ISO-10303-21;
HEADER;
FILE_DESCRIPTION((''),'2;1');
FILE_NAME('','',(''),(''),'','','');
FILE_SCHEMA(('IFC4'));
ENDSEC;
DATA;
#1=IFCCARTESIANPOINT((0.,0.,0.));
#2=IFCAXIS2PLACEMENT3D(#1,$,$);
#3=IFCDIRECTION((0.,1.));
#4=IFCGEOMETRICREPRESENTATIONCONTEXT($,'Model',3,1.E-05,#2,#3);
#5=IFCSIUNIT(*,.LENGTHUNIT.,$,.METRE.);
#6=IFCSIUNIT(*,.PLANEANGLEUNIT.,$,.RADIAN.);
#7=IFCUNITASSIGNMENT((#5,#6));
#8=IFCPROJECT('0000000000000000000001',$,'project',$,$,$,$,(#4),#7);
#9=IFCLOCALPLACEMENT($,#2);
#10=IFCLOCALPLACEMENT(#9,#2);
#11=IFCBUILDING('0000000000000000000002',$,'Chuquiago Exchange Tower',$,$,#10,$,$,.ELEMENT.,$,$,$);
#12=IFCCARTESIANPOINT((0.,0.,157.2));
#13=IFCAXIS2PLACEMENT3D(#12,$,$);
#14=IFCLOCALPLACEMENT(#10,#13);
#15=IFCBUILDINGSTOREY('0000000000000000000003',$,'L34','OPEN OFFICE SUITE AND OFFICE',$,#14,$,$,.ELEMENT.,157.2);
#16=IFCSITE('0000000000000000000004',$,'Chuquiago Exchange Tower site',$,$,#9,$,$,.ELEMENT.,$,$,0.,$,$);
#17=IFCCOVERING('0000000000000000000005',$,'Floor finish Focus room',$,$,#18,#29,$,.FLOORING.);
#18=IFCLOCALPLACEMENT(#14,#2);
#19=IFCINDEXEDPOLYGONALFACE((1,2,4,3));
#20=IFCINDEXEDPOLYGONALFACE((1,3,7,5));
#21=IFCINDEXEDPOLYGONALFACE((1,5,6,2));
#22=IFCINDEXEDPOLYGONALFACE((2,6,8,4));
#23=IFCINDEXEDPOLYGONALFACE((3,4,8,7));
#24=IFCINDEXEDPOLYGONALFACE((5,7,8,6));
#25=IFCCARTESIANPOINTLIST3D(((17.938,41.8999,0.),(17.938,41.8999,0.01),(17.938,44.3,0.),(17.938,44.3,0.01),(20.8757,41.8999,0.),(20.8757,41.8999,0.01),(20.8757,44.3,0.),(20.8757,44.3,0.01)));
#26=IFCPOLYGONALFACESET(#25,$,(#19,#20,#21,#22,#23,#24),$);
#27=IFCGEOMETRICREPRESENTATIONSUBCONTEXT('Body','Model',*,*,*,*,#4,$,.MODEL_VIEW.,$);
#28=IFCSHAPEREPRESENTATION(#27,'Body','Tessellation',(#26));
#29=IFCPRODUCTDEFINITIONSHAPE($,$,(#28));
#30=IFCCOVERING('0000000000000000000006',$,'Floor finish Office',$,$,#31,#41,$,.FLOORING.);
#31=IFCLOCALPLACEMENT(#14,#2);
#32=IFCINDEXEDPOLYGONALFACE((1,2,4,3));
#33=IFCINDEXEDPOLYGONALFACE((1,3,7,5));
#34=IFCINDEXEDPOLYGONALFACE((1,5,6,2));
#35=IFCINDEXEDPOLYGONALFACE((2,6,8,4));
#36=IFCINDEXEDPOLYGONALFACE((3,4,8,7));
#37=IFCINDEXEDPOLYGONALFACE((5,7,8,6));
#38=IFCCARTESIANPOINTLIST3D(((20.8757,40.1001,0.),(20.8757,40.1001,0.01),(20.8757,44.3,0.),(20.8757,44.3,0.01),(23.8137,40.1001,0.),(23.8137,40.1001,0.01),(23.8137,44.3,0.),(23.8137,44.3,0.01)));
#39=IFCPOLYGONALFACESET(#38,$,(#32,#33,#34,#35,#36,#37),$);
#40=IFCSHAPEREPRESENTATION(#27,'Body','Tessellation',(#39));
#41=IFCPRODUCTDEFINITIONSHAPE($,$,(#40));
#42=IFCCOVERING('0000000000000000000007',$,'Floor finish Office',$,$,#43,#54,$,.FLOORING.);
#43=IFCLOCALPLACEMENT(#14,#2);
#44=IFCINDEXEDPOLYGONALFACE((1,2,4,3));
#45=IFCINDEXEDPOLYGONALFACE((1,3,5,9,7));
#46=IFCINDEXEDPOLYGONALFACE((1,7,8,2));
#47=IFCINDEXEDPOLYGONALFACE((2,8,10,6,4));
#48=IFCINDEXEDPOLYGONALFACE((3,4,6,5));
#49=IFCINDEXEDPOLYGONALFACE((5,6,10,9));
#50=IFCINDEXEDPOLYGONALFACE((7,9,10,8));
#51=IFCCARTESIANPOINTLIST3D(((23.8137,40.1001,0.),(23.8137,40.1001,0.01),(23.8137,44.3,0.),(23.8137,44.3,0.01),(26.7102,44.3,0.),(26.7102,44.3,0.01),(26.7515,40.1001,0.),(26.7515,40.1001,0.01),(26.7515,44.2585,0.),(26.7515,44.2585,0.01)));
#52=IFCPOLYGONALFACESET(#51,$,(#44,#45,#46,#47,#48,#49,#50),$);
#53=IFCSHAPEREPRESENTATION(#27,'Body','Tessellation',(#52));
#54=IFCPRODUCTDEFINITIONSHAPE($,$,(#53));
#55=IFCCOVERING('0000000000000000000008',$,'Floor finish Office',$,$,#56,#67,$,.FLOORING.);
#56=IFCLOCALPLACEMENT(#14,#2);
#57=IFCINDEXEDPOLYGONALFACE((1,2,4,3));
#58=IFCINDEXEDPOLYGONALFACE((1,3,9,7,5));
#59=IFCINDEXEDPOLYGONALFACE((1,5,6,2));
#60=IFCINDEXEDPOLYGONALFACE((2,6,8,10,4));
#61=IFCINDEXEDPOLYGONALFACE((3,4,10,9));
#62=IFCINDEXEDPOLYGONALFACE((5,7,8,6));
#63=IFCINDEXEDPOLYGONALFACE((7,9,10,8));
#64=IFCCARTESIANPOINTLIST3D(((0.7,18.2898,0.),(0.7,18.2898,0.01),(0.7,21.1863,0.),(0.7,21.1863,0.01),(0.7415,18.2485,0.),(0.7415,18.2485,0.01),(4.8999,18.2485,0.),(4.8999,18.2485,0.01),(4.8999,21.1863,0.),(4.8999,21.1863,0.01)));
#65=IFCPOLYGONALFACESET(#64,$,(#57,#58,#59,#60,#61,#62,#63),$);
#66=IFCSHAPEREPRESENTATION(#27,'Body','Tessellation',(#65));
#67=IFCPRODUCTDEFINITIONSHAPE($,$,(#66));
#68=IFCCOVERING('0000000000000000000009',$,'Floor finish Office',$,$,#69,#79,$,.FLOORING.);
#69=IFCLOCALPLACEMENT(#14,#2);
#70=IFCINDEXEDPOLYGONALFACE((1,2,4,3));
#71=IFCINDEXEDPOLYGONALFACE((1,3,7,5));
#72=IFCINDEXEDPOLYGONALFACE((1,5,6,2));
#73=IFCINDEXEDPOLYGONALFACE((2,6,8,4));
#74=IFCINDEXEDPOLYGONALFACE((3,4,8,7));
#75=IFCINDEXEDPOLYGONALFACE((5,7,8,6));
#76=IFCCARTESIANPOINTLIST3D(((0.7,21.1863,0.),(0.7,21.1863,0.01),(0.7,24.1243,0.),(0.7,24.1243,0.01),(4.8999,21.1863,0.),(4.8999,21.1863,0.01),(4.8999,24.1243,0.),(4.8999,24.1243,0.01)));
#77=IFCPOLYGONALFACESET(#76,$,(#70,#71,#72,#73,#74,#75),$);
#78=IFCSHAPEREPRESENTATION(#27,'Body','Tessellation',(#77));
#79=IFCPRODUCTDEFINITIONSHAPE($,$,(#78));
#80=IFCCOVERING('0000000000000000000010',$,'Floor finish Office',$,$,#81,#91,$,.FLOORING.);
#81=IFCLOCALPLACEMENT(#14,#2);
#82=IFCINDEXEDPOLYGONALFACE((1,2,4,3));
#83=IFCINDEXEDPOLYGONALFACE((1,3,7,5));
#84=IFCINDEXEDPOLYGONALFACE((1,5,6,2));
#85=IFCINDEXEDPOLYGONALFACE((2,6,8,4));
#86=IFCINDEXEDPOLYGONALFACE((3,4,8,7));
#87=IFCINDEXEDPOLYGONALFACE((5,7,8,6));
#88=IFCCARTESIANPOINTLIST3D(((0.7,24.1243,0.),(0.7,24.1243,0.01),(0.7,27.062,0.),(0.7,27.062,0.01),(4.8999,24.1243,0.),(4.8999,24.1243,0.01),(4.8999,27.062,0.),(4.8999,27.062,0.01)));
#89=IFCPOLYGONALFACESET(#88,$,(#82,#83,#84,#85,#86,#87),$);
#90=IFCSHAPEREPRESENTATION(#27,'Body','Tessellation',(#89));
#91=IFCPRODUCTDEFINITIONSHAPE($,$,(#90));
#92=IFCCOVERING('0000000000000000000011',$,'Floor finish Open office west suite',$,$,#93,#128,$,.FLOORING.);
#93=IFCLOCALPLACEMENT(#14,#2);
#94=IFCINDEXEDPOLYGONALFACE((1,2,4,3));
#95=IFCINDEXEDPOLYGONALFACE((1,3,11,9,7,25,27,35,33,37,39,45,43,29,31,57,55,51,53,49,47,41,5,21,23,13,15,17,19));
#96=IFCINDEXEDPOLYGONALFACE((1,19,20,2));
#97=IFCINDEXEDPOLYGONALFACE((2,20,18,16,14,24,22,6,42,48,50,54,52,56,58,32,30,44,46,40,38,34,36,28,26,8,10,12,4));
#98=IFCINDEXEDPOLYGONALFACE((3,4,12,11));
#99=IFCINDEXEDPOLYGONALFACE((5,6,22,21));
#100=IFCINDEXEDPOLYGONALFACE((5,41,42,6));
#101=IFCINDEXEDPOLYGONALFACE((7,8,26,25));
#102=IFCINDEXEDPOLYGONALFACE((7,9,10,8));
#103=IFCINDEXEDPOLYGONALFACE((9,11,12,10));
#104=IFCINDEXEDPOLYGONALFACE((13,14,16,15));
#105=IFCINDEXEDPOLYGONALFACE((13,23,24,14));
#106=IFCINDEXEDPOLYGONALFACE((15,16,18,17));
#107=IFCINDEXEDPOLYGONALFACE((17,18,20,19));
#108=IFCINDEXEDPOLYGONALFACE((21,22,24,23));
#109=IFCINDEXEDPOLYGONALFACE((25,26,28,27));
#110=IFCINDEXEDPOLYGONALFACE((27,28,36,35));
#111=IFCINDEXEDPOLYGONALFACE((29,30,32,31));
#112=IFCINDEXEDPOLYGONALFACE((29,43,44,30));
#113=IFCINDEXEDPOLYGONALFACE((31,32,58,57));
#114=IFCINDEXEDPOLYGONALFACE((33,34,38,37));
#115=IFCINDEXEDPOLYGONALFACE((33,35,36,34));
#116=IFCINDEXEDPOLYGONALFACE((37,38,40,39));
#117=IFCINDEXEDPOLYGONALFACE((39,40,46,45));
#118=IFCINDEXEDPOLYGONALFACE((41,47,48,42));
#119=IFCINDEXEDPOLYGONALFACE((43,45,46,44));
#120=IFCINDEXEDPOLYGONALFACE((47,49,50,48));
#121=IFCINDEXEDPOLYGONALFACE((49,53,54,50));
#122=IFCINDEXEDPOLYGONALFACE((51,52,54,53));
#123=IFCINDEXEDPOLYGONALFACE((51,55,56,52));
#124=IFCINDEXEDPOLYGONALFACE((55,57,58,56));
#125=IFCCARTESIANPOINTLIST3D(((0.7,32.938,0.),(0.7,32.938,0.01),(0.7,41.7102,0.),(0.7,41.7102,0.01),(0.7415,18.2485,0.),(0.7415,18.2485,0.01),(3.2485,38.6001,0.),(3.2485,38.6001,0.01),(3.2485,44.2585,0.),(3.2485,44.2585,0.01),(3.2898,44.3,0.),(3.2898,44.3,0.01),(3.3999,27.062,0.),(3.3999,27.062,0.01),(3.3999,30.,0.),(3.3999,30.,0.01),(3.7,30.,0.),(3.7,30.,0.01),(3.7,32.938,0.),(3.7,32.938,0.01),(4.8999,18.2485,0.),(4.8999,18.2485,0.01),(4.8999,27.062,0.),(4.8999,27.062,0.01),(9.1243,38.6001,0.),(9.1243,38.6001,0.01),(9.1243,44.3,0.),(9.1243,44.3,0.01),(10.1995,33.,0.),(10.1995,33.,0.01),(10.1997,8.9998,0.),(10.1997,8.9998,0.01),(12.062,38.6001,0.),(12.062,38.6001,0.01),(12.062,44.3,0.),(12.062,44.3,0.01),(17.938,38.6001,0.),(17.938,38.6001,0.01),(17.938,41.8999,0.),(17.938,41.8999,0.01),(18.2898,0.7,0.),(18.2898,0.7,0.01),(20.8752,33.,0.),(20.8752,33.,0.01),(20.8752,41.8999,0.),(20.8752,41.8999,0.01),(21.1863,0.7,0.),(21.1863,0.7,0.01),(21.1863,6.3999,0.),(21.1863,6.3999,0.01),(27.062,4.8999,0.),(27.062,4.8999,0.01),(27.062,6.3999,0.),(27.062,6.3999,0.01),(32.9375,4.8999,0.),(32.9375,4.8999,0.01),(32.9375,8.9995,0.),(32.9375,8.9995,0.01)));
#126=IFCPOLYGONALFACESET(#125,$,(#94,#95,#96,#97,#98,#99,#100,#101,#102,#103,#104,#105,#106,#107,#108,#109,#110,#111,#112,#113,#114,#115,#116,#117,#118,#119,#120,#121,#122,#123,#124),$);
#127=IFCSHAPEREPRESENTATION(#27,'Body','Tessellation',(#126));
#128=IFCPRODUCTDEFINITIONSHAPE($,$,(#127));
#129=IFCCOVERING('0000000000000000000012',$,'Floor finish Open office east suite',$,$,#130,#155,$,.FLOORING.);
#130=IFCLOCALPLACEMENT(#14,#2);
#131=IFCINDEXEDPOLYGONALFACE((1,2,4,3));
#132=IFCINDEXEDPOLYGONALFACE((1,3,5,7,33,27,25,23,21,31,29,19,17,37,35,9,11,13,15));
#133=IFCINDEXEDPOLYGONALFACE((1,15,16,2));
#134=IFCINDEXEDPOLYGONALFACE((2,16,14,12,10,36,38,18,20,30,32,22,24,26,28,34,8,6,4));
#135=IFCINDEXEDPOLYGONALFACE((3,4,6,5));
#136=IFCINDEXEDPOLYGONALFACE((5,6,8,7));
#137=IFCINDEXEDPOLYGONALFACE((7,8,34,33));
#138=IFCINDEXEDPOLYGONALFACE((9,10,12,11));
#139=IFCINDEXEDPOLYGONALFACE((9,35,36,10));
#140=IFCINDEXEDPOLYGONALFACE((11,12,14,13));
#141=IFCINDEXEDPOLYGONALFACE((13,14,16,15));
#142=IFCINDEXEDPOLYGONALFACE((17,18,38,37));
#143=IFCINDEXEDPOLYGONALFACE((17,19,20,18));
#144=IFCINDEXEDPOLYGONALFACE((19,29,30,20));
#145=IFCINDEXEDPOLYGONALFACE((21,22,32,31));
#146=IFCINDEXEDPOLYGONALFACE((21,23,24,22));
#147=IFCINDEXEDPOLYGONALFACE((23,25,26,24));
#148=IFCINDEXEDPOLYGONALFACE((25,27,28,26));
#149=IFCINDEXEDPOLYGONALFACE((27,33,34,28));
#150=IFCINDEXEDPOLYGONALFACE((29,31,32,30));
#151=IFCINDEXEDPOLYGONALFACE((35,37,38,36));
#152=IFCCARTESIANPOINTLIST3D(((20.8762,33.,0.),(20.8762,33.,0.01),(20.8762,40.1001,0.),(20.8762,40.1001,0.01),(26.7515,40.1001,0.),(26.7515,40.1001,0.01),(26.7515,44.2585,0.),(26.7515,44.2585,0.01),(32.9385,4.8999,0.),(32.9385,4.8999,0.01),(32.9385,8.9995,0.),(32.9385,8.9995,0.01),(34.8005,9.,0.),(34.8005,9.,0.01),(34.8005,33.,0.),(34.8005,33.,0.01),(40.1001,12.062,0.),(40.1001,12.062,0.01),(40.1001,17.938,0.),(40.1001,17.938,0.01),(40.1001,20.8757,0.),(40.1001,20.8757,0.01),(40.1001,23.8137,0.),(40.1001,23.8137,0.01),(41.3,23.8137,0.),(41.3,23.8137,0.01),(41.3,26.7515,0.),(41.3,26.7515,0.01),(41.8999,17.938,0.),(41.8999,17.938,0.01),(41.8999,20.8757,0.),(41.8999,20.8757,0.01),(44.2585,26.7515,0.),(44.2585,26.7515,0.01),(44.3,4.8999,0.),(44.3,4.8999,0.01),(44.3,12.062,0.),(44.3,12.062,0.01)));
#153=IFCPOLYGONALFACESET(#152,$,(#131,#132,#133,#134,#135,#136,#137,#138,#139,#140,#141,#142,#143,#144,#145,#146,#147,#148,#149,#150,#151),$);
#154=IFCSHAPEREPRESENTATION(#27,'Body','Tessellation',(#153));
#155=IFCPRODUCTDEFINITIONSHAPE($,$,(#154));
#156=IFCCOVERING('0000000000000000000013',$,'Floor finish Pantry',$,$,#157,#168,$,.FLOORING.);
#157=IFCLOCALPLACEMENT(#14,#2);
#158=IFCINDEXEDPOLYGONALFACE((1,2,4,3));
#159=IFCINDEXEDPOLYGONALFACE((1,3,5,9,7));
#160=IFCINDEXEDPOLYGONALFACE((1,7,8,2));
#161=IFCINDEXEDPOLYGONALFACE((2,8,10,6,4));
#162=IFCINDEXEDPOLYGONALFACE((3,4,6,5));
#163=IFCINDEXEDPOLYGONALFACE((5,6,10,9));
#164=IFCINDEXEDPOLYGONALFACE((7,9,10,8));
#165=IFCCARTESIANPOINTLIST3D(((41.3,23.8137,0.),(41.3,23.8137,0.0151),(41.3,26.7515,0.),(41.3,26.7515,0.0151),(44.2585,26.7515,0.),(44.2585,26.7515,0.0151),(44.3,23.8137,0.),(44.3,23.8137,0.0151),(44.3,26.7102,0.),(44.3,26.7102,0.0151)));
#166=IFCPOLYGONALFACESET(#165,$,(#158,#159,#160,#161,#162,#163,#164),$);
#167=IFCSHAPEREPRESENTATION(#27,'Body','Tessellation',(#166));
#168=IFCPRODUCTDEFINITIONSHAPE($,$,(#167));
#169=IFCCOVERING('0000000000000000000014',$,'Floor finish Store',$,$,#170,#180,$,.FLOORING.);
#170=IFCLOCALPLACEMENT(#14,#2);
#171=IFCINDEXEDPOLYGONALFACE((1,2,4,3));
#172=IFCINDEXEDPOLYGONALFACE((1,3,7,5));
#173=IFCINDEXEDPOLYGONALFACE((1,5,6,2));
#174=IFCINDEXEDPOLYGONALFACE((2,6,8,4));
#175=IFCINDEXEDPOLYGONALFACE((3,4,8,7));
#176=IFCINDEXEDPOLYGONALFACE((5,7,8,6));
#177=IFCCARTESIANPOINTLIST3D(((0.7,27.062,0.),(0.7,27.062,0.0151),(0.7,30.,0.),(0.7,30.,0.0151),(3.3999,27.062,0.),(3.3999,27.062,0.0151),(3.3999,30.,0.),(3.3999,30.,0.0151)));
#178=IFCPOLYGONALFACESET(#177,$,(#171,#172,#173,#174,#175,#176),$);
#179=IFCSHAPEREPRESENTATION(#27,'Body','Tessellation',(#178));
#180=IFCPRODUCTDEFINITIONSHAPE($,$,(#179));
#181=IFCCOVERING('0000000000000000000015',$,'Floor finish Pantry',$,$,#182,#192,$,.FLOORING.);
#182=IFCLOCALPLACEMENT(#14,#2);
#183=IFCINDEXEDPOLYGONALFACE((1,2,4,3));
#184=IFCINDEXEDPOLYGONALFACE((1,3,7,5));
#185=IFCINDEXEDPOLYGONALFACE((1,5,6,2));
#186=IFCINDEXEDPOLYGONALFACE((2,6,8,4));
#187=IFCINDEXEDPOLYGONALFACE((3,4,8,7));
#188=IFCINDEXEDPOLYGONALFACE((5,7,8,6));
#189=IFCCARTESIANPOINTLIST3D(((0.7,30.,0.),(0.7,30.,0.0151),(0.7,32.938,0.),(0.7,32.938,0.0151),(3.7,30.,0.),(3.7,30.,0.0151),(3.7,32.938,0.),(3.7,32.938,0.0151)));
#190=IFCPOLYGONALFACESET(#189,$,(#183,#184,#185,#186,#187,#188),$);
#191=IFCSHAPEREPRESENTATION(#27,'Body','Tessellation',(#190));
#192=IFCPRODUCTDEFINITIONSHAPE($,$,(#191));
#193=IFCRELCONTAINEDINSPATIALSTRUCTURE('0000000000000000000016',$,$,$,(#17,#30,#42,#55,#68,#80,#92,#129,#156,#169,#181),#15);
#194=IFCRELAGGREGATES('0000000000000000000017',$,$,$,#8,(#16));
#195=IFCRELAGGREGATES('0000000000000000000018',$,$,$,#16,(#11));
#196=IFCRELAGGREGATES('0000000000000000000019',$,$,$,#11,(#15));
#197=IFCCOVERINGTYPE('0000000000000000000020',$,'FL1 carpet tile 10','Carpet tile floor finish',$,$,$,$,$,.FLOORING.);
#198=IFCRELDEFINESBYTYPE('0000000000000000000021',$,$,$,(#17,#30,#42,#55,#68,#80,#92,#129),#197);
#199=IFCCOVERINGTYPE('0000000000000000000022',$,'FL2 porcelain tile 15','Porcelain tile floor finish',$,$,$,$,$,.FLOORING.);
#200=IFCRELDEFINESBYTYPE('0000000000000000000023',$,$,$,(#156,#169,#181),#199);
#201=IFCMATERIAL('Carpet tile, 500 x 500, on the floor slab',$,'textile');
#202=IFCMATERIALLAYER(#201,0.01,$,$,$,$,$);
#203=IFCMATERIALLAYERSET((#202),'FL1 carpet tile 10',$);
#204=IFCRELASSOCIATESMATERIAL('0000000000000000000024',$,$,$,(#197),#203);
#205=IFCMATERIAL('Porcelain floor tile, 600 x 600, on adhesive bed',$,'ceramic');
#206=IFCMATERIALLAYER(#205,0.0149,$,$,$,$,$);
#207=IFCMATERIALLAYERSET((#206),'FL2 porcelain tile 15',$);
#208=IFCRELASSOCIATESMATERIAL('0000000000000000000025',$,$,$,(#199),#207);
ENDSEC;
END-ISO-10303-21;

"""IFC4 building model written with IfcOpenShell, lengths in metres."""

from ifc_helpers import new_model, si_unit, direction, frame, origin, place, context, subcontext, project, spatial, polyline, outline, extrude, material, layer, layer_set, type_object, element, save


model = new_model("IFC4")

# Units and contexts
model_context = context("Model", 3, precision=1e-05, world=origin(), true_north=direction((0.0, 1.0)))
body_context = subcontext(model_context, "Body", "Model", "MODEL_VIEW")
ifc_project = project(units=[si_unit("LENGTHUNIT", "METRE"), si_unit("PLANEANGLEUNIT", "RADIAN")], contexts=[model_context])

# Site, building, storey
site_placement = place(None, origin())
site = spatial("IfcSite", under=ifc_project, at=site_placement, Name="Chuquiago Exchange Tower site", CompositionType="ELEMENT", RefElevation=0.0)
building_placement = place(site_placement, origin())
building = spatial("IfcBuilding", under=site, at=building_placement, Name="Chuquiago Exchange Tower", CompositionType="ELEMENT")
storey_placement = place(building_placement, frame((0.0, 0.0, 157.2)))
storey = spatial("IfcBuildingStorey", under=building, at=storey_placement, Name="L34", Description="OPEN OFFICE SUITE AND OFFICE", CompositionType="ELEMENT", Elevation=157.2)

# Coverings
ifc_material_1 = material(Name="Carpet tile, 500 x 500, on the floor slab", Category="textile")
ifc_layer_1 = layer(ifc_material_1, 0.01)
ifc_layer_set_1 = layer_set([ifc_layer_1], Name="FL1 carpet tile 10")
covering_type_1 = type_object("IfcCoveringType", Name="FL1 carpet tile 10", Description="Carpet tile floor finish", PredefinedType="FLOORING", material=ifc_layer_set_1)
covering_1_placement = place(storey_placement, origin())
element("IfcCovering", 1, at=covering_1_placement, inside=storey, type_object=covering_type_1, Name="Floor finish Focus room", PredefinedType="FLOORING", context=body_context, shape_type="SweptSolid", body=[
    extrude(outline(polyline([(20.8757, 44.3), (20.8757, 41.8999), (17.938, 41.8999), (17.938, 44.3), (20.8757, 44.3)])), origin(), (0.0, 0.0, 1.0), 0.01),
])
covering_2_placement = place(storey_placement, origin())
element("IfcCovering", 2, at=covering_2_placement, inside=storey, type_object=covering_type_1, Name="Floor finish Office", PredefinedType="FLOORING", context=body_context, shape_type="SweptSolid", body=[
    extrude(outline(polyline([(23.8137, 44.3), (23.8137, 40.1001), (20.8757, 40.1001), (20.8757, 44.3), (23.8137, 44.3)])), origin(), (0.0, 0.0, 1.0), 0.01),
])
covering_3_placement = place(storey_placement, origin())
element("IfcCovering", 3, at=covering_3_placement, inside=storey, type_object=covering_type_1, Name="Floor finish Office", PredefinedType="FLOORING", context=body_context, shape_type="SweptSolid", body=[
    extrude(outline(polyline([(26.7102, 44.3), (26.7515, 44.2585), (26.7515, 40.1001), (23.8137, 40.1001), (23.8137, 44.3), (26.7102, 44.3)])), origin(), (0.0, 0.0, 1.0), 0.01),
])
covering_4_placement = place(storey_placement, origin())
element("IfcCovering", 4, at=covering_4_placement, inside=storey, type_object=covering_type_1, Name="Floor finish Office", PredefinedType="FLOORING", context=body_context, shape_type="SweptSolid", body=[
    extrude(outline(polyline([(0.7, 21.1863), (4.8999, 21.1863), (4.8999, 18.2485), (0.7415, 18.2485), (0.7, 18.2898), (0.7, 21.1863)])), origin(), (0.0, 0.0, 1.0), 0.01),
])
covering_5_placement = place(storey_placement, origin())
element("IfcCovering", 5, at=covering_5_placement, inside=storey, type_object=covering_type_1, Name="Floor finish Office", PredefinedType="FLOORING", context=body_context, shape_type="SweptSolid", body=[
    extrude(outline(polyline([(0.7, 24.1243), (4.8999, 24.1243), (4.8999, 21.1863), (0.7, 21.1863), (0.7, 24.1243)])), origin(), (0.0, 0.0, 1.0), 0.01),
])
covering_6_placement = place(storey_placement, origin())
element("IfcCovering", 6, at=covering_6_placement, inside=storey, type_object=covering_type_1, Name="Floor finish Office", PredefinedType="FLOORING", context=body_context, shape_type="SweptSolid", body=[
    extrude(outline(polyline([(0.7, 27.062), (4.8999, 27.062), (4.8999, 24.1243), (0.7, 24.1243), (0.7, 27.062)])), origin(), (0.0, 0.0, 1.0), 0.01),
])
covering_7_placement = place(storey_placement, origin())
element("IfcCovering", 7, at=covering_7_placement, inside=storey, type_object=covering_type_1, Name="Floor finish Open office west suite", PredefinedType="FLOORING", context=body_context, shape_type="SweptSolid", body=[
    extrude(outline(polyline([(3.2485, 44.2585), (3.2485, 38.6001), (9.1243, 38.6001), (9.1243, 44.3), (12.062, 44.3), (12.062, 38.6001), (17.938, 38.6001), (17.938, 41.8999), (20.8752, 41.8999), (20.8752, 33.0), (10.1995, 33.0), (10.1997, 8.9998), (32.9375, 8.9995), (32.9375, 4.8999), (27.062, 4.8999), (27.062, 6.3999), (21.1863, 6.3999), (21.1863, 0.7), (18.2898, 0.7), (0.7415, 18.2485), (4.8999, 18.2485), (4.8999, 27.062), (3.3999, 27.062), (3.3999, 30.0), (3.7, 30.0), (3.7, 32.938), (0.7, 32.938), (0.7, 41.7102), (3.2898, 44.3), (3.2485, 44.2585)])), origin(), (0.0, 0.0, 1.0), 0.01),
])
covering_8_placement = place(storey_placement, origin())
element("IfcCovering", 8, at=covering_8_placement, inside=storey, type_object=covering_type_1, Name="Floor finish Open office east suite", PredefinedType="FLOORING", context=body_context, shape_type="SweptSolid", body=[
    extrude(outline(polyline([(20.8762, 40.1001), (26.7515, 40.1001), (26.7515, 44.2585), (44.2585, 26.7515), (41.3, 26.7515), (41.3, 23.8137), (40.1001, 23.8137), (40.1001, 20.8757), (41.8999, 20.8757), (41.8999, 17.938), (40.1001, 17.938), (40.1001, 12.062), (44.3, 12.062), (44.3, 4.8999), (32.9385, 4.8999), (32.9385, 8.9995), (34.8005, 9.0), (34.8005, 33.0), (20.8762, 33.0), (20.8762, 40.1001)])), origin(), (0.0, 0.0, 1.0), 0.01),
])
ifc_material_2 = material(Name="Porcelain floor tile, 600 x 600, on adhesive bed", Category="ceramic")
ifc_layer_2 = layer(ifc_material_2, 0.0149)
ifc_layer_set_2 = layer_set([ifc_layer_2], Name="FL2 porcelain tile 15")
covering_type_2 = type_object("IfcCoveringType", Name="FL2 porcelain tile 15", Description="Porcelain tile floor finish", PredefinedType="FLOORING", material=ifc_layer_set_2)
covering_9_placement = place(storey_placement, origin())
element("IfcCovering", 9, at=covering_9_placement, inside=storey, type_object=covering_type_2, Name="Floor finish Pantry", PredefinedType="FLOORING", context=body_context, shape_type="SweptSolid", body=[
    extrude(outline(polyline([(44.3, 26.7102), (44.3, 23.8137), (41.3, 23.8137), (41.3, 26.7515), (44.2585, 26.7515), (44.3, 26.7102)])), origin(), (0.0, 0.0, 1.0), 0.0151),
])
covering_10_placement = place(storey_placement, origin())
element("IfcCovering", 10, at=covering_10_placement, inside=storey, type_object=covering_type_2, Name="Floor finish Store", PredefinedType="FLOORING", context=body_context, shape_type="SweptSolid", body=[
    extrude(outline(polyline([(0.7, 30.0), (3.3999, 30.0), (3.3999, 27.062), (0.7, 27.062), (0.7, 30.0)])), origin(), (0.0, 0.0, 1.0), 0.0151),
])
covering_11_placement = place(storey_placement, origin())
element("IfcCovering", 11, at=covering_11_placement, inside=storey, type_object=covering_type_2, Name="Floor finish Pantry", PredefinedType="FLOORING", context=body_context, shape_type="SweptSolid", body=[
    extrude(outline(polyline([(0.7, 32.938), (3.7, 32.938), (3.7, 30.0), (0.7, 30.0), (0.7, 32.938)])), origin(), (0.0, 0.0, 1.0), 0.0151),
])

save(model, "model.ifc")
